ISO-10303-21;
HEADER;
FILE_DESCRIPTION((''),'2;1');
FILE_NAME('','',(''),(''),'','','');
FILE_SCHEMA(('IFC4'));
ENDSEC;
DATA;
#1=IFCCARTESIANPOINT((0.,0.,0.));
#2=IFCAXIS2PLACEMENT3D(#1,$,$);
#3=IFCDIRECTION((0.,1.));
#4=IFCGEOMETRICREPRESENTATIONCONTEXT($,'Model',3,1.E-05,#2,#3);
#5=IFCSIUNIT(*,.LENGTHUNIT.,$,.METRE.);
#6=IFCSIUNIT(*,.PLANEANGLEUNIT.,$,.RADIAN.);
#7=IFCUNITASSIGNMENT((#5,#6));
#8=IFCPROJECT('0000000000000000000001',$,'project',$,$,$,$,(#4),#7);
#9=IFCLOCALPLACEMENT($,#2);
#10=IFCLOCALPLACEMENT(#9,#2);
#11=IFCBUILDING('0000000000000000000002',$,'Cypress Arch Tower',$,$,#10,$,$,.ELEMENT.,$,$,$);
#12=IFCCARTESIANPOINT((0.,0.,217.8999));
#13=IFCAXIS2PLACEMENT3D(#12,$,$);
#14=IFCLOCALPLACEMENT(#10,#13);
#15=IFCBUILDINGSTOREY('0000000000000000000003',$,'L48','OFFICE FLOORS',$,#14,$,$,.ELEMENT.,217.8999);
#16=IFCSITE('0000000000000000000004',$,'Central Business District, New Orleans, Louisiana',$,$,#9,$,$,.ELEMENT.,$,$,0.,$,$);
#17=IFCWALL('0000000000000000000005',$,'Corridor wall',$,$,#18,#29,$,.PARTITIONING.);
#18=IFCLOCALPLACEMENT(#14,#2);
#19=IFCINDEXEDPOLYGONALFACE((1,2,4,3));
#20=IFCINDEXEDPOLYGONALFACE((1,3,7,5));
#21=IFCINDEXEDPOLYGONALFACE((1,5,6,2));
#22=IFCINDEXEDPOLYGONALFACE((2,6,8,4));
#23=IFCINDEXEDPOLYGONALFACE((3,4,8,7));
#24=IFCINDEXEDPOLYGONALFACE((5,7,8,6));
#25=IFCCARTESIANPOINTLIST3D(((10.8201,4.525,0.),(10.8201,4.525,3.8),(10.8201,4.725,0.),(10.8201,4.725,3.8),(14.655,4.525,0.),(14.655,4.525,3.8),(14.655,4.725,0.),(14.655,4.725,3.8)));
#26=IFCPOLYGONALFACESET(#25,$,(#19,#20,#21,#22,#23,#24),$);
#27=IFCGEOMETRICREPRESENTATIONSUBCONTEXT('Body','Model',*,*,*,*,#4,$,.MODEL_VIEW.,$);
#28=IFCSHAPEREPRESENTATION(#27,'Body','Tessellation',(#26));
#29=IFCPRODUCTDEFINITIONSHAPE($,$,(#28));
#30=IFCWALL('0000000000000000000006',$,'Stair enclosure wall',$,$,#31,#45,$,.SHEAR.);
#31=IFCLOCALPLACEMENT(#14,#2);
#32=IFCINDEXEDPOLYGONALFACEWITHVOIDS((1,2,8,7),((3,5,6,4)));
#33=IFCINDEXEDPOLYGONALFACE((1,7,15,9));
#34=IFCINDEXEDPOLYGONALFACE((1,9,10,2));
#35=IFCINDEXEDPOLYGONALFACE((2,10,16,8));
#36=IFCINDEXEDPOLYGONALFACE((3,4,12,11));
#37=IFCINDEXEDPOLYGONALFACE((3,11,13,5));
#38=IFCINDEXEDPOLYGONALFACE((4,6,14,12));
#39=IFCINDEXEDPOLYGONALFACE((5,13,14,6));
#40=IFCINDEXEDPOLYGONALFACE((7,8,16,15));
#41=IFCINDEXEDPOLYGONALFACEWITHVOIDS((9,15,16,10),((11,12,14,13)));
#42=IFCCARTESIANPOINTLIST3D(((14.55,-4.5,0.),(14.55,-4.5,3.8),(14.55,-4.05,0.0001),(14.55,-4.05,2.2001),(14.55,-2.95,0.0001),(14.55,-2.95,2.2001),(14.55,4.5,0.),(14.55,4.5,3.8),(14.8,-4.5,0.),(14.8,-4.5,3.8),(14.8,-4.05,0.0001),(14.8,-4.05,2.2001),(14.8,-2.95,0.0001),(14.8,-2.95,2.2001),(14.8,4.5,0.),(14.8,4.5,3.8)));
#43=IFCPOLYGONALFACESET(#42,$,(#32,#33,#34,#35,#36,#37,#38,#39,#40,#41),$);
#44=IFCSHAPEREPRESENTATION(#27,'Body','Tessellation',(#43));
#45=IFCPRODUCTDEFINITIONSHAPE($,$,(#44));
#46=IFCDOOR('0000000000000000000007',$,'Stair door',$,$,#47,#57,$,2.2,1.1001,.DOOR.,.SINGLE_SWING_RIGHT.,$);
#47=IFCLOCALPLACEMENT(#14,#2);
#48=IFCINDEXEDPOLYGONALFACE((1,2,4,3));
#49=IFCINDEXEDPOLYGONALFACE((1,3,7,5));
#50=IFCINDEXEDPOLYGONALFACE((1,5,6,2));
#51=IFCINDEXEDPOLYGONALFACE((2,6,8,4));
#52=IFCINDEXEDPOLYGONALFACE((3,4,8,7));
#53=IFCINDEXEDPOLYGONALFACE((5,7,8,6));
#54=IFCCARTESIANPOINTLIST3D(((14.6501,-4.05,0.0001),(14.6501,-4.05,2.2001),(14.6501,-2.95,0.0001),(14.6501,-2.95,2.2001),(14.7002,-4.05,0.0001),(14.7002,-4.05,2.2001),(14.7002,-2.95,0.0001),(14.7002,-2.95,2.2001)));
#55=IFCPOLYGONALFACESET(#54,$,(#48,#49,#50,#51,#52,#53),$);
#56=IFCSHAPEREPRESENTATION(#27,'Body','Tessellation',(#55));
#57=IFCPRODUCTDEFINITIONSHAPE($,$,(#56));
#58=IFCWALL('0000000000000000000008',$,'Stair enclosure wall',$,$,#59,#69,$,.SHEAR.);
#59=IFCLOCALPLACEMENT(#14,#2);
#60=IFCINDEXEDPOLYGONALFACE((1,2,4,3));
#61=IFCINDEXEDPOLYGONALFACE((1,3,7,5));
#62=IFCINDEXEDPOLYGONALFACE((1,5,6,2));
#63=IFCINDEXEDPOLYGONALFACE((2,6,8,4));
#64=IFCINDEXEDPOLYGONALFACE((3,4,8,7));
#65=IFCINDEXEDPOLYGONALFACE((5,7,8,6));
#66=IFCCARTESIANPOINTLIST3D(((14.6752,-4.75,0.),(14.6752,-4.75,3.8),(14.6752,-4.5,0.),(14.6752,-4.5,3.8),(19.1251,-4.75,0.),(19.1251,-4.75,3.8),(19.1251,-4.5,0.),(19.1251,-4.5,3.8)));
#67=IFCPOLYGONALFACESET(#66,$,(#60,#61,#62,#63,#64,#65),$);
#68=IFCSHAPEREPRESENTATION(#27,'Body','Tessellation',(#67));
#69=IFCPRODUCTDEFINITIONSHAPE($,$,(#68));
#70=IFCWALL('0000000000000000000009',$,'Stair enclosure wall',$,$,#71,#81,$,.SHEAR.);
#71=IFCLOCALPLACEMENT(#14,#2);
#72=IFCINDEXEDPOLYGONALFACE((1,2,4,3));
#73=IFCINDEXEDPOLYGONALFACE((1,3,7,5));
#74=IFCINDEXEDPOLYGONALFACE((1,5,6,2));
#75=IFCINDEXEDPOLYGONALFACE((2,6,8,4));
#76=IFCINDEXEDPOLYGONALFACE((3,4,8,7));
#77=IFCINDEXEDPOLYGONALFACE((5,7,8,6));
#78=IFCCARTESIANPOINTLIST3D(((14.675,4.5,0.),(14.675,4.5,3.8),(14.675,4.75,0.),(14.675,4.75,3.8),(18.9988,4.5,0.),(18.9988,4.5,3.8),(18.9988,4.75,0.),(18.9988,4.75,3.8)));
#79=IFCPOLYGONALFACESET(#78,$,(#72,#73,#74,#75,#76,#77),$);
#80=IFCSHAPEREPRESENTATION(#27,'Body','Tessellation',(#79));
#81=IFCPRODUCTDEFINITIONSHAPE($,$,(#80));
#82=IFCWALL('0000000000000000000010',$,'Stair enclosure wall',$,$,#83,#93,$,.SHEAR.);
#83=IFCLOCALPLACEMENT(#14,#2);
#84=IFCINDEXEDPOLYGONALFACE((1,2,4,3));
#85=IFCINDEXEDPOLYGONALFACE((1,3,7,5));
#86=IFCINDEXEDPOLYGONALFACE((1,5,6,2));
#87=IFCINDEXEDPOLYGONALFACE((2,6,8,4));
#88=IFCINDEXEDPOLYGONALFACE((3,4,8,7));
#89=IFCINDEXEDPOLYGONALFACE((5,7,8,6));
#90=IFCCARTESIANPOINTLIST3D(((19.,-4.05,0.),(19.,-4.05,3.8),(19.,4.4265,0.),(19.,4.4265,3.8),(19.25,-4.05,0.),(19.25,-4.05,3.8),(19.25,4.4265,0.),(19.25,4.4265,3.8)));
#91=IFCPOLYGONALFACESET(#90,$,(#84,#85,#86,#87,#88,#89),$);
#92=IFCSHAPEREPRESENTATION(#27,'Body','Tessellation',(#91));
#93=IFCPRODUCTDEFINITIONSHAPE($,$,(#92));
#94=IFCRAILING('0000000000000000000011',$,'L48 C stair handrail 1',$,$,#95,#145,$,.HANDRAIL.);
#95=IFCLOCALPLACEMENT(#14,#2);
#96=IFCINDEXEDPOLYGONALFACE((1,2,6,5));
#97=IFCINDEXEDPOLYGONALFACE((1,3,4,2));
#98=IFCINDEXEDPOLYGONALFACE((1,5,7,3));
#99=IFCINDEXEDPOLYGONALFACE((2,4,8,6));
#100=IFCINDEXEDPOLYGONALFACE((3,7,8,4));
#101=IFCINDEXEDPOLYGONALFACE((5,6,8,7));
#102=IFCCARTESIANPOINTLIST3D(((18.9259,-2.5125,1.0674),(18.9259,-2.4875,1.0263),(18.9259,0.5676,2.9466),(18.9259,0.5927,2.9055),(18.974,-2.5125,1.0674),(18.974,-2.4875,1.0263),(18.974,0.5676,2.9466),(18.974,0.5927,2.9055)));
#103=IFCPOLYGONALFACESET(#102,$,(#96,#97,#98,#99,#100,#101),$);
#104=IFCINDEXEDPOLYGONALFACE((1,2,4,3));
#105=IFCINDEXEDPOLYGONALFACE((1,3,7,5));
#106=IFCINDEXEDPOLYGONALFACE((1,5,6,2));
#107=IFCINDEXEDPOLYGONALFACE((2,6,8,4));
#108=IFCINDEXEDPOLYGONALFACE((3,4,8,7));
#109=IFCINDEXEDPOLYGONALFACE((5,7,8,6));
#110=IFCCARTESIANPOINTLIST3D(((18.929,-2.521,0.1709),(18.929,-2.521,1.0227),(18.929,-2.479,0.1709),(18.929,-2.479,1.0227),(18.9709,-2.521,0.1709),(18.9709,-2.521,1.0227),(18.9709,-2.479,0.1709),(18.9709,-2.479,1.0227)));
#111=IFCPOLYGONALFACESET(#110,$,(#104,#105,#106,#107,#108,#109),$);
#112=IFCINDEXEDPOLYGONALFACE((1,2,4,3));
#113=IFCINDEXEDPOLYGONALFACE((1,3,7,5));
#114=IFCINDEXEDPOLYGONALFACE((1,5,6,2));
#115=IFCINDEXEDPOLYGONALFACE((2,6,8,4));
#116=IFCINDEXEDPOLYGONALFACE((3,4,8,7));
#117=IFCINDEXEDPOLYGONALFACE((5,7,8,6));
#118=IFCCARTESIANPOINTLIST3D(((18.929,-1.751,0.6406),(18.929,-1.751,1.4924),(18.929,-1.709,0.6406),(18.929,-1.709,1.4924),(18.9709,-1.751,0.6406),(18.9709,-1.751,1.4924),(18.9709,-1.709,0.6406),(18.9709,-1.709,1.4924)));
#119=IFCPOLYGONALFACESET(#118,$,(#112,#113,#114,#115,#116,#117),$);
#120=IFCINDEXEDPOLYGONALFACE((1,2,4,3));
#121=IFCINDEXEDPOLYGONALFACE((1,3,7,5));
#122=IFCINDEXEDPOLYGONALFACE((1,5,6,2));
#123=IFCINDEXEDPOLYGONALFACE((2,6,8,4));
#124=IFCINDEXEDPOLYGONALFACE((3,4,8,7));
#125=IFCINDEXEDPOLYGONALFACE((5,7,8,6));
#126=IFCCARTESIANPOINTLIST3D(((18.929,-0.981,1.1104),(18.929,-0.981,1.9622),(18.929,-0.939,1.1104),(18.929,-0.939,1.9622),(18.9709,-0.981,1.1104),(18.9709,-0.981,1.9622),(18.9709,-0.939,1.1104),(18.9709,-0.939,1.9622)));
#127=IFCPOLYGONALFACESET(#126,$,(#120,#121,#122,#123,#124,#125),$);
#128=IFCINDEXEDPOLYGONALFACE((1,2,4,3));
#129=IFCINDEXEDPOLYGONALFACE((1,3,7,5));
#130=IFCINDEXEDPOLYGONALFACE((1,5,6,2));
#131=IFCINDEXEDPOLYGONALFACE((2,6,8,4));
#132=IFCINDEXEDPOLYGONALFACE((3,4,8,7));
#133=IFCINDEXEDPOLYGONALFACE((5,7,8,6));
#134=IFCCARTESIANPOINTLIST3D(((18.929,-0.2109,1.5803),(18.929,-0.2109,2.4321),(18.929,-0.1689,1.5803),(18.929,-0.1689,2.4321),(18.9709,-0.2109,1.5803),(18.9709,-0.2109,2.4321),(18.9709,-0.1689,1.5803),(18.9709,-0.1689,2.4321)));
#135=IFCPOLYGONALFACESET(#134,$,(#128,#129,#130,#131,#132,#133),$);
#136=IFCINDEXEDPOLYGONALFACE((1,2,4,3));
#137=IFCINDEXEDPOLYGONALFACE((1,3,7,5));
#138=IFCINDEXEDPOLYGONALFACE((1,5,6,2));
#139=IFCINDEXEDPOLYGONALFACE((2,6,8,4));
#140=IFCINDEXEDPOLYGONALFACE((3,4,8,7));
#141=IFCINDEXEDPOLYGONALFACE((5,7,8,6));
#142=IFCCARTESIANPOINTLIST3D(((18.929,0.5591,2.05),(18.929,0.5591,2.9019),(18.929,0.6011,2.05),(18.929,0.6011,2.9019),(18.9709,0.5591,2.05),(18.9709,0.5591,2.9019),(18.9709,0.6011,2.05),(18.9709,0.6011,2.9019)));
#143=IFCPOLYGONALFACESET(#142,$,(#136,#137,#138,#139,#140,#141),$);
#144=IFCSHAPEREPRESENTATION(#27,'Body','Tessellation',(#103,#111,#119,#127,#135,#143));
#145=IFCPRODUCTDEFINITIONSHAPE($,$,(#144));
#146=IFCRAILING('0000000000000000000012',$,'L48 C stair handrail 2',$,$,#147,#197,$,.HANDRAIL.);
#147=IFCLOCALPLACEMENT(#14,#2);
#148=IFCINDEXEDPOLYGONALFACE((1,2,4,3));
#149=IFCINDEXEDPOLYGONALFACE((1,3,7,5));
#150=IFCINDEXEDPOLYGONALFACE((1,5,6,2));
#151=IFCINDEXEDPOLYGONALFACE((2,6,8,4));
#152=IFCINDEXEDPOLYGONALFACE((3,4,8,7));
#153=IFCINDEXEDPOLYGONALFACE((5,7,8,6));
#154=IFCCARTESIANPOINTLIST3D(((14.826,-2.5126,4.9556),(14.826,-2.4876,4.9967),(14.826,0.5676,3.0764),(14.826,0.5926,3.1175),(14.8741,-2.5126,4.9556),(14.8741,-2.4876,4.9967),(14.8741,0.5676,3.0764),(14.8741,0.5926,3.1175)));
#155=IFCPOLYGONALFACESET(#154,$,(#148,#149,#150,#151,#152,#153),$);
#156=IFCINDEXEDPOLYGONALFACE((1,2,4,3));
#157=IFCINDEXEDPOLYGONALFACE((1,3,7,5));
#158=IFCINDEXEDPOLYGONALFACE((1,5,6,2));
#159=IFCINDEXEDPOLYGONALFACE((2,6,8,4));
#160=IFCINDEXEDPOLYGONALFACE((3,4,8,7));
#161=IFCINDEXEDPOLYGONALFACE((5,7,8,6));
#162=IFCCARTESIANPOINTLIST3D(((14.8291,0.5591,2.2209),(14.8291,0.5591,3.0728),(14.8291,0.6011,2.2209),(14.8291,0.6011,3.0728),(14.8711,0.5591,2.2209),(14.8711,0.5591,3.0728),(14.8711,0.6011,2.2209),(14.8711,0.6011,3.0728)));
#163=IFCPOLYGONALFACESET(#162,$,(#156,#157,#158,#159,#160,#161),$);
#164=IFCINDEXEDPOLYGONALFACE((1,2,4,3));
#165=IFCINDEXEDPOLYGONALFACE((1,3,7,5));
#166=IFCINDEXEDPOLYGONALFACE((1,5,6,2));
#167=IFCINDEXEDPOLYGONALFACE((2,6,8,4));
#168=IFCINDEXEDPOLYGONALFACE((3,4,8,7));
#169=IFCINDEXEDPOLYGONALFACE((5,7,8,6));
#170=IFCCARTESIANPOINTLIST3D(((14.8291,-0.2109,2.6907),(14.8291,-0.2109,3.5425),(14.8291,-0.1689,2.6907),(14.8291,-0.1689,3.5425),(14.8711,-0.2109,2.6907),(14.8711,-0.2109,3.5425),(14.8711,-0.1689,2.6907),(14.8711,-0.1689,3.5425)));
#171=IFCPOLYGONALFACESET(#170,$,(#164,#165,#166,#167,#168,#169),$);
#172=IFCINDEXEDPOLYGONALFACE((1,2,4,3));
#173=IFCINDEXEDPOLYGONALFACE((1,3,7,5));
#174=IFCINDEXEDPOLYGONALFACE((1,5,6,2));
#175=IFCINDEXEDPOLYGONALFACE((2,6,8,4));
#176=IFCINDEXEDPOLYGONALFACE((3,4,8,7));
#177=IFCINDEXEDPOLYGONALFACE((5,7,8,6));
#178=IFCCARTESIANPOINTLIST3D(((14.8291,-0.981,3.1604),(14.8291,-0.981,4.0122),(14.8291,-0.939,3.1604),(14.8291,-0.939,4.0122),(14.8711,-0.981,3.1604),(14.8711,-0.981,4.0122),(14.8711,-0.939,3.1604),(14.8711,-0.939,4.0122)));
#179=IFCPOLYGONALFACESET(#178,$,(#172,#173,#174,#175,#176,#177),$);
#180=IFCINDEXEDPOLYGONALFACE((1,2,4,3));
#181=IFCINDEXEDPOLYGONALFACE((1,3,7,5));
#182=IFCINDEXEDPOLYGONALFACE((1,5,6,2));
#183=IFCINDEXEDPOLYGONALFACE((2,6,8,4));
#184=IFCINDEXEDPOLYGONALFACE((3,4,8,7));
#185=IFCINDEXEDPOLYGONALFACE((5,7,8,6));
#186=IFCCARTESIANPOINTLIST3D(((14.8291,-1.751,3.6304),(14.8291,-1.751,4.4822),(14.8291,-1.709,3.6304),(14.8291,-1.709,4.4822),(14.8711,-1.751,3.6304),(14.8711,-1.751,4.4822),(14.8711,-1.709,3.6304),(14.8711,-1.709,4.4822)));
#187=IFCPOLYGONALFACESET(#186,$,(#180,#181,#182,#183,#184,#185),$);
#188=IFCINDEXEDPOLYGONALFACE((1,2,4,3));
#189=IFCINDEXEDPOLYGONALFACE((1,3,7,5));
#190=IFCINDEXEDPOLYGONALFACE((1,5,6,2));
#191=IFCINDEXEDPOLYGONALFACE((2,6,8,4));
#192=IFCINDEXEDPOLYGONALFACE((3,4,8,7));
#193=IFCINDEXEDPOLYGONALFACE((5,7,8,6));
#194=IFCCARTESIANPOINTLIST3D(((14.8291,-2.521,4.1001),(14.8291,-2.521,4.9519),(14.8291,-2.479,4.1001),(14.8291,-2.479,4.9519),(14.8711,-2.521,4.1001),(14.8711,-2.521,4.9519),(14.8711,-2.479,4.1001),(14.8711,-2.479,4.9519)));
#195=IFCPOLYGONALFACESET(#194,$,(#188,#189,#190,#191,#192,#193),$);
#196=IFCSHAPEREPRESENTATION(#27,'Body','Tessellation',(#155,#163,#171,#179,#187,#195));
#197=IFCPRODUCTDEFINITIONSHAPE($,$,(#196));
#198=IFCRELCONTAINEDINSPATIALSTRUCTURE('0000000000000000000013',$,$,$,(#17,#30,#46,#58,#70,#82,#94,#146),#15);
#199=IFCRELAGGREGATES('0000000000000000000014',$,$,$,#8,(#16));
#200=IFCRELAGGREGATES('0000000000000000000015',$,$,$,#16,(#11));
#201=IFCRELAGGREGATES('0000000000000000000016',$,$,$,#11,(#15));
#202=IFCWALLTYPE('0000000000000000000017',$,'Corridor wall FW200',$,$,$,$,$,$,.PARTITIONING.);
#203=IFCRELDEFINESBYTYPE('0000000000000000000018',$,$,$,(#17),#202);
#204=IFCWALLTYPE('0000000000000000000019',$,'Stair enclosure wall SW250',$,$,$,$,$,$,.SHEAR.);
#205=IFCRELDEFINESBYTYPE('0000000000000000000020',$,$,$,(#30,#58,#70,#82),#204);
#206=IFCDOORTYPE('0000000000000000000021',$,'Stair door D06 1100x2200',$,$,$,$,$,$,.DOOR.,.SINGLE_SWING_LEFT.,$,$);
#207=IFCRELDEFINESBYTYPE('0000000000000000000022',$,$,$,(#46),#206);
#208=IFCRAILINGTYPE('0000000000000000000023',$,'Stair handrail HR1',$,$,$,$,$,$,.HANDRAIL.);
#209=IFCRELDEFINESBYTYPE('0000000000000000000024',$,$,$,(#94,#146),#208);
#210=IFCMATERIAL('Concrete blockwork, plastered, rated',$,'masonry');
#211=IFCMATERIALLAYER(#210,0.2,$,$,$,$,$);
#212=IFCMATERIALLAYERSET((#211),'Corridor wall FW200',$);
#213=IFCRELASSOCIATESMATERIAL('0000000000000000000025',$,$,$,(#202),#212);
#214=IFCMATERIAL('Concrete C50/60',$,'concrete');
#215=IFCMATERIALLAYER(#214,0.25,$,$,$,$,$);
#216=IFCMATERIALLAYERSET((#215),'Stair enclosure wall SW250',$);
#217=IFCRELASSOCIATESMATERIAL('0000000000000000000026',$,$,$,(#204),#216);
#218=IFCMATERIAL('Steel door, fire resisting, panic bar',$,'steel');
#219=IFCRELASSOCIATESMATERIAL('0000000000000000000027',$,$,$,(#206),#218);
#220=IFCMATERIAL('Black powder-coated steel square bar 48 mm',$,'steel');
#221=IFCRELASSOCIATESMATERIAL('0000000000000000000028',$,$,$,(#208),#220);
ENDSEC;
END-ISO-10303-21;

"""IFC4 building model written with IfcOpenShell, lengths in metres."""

from ifc_helpers import new_model, si_unit, direction, frame, frame_2d, origin, origin_2d, place, context, subcontext, project, spatial, rectangle, extrude, material, layer, layer_set, type_object, element, fill, save


model = new_model("IFC4")

# Units and contexts
model_context = context("Model", 3, precision=1e-05, world=origin(), true_north=direction((0.0, 1.0)))
body_context = subcontext(model_context, "Body", "Model", "MODEL_VIEW")
ifc_project = project(units=[si_unit("LENGTHUNIT", "METRE"), si_unit("PLANEANGLEUNIT", "RADIAN")], contexts=[model_context])

# Site, building, storey
site_placement = place(None, origin())
site = spatial("IfcSite", under=ifc_project, at=site_placement, Name="Central Business District, New Orleans, Louisiana", CompositionType="ELEMENT", RefElevation=0.0)
building_placement = place(site_placement, origin())
building = spatial("IfcBuilding", under=site, at=building_placement, Name="Cypress Arch Tower", CompositionType="ELEMENT")
storey_placement = place(building_placement, frame((0.0, 0.0, 217.8999)))
storey = spatial("IfcBuildingStorey", under=building, at=storey_placement, Name="L48", Description="OFFICE FLOORS", CompositionType="ELEMENT", Elevation=217.8999)

# Wall
ifc_material_1 = material(Name="Concrete blockwork, plastered, rated", Category="masonry")
ifc_layer_1 = layer(ifc_material_1, 0.2)
ifc_layer_set_1 = layer_set([ifc_layer_1], Name="Corridor wall FW200")
wall_type_1 = type_object("IfcWallType", Name="Corridor wall FW200", PredefinedType="PARTITIONING", material=ifc_layer_set_1)
wall_1_placement = place(storey_placement, frame((10.8201, 4.625, 0.0), z_axis=(0.0, 0.0, 1.0), x_axis=(1.0, 0.0, 0.0)))
element("IfcWall", 1, at=wall_1_placement, inside=storey, type_object=wall_type_1, Name="Corridor wall", PredefinedType="PARTITIONING", context=body_context, shape_type="SweptSolid", body=[
    extrude(rectangle(XDim=3.835, YDim=0.2, at=frame_2d((1.9175, 0.0))), origin(), (0.0, 0.0, 1.0), 3.8),
])

# Wall, opening, door
ifc_material_2 = material(Name="Concrete C50/60", Category="concrete")
ifc_layer_2 = layer(ifc_material_2, 0.25)
ifc_layer_set_2 = layer_set([ifc_layer_2], Name="Stair enclosure wall SW250")
wall_type_2 = type_object("IfcWallType", Name="Stair enclosure wall SW250", PredefinedType="SHEAR", material=ifc_layer_set_2)
wall_2_placement = place(storey_placement, frame((14.675, -4.5, 0.0), z_axis=(0.0, 0.0, 1.0), x_axis=(0.0, 1.0, 0.0)))
wall_2 = element("IfcWall", 2, at=wall_2_placement, inside=storey, type_object=wall_type_2, Name="Stair enclosure wall", PredefinedType="SHEAR", context=body_context, shape_type="SweptSolid", body=[
    extrude(rectangle(XDim=9.0, YDim=0.25, at=frame_2d((4.5, 0.0))), origin(), (0.0, 0.0, 1.0), 3.8),
])
opening_1_placement = place(wall_2_placement, frame((0.45, 0.0, 0.0)))
opening_1 = element("IfcOpeningElement", 3, at=opening_1_placement, cuts=wall_2, PredefinedType="OPENING", context=body_context, shape_type="SweptSolid", body=[
    extrude(rectangle(XDim=1.1001, YDim=2.2, at=frame_2d((0.55, 1.1001))), frame((0.0, 0.135, 0.0), z_axis=(0.0, -1.0, 0.0), x_axis=(1.0, 0.0, 0.0)), (0.0, 0.0, 1.0), 0.27),
])
ifc_material_3 = material(Name="Steel door, fire resisting, panic bar", Category="steel")
door_type = type_object("IfcDoorType", Name="Stair door D06 1100x2200", OperationType="SINGLE_SWING_LEFT", PredefinedType="DOOR", material=ifc_material_3)
door_placement = place(opening_1_placement, origin())
door = element("IfcDoor", 4, at=door_placement, inside=storey, type_object=door_type, Name="Stair door", OperationType="SINGLE_SWING_RIGHT", OverallHeight=2.2, OverallWidth=1.1001, PredefinedType="DOOR", context=body_context, shape_type="SweptSolid", body=[
    extrude(rectangle(XDim=1.1001, YDim=2.2, at=frame_2d((0.55, 1.1001))), frame((0.0, 0.0249, 0.0), z_axis=(0.0, -1.0, 0.0), x_axis=(1.0, 0.0, 0.0)), (0.0, 0.0, 1.0), 0.05),
])
fill(opening_1, door)

# Walls
wall_3_placement = place(storey_placement, frame((14.675, -4.625, 0.0), z_axis=(0.0, 0.0, 1.0), x_axis=(1.0, 0.0, 0.0)))
element("IfcWall", 5, at=wall_3_placement, inside=storey, type_object=wall_type_2, Name="Stair enclosure wall", PredefinedType="SHEAR", context=body_context, shape_type="SweptSolid", body=[
    extrude(rectangle(XDim=4.45, YDim=0.25, at=frame_2d((2.2251, 0.0))), origin(), (0.0, 0.0, 1.0), 3.8),
])
wall_4_placement = place(storey_placement, frame((14.675, 4.625, 0.0), z_axis=(0.0, 0.0, 1.0), x_axis=(1.0, 0.0, 0.0)))
element("IfcWall", 6, at=wall_4_placement, inside=storey, type_object=wall_type_2, Name="Stair enclosure wall", PredefinedType="SHEAR", context=body_context, shape_type="SweptSolid", body=[
    extrude(rectangle(XDim=4.3237, YDim=0.25, at=frame_2d((2.1619, 0.0))), origin(), (0.0, 0.0, 1.0), 3.8),
])
wall_5_placement = place(storey_placement, frame((19.125, -4.05, 0.0), z_axis=(0.0, 0.0, 1.0), x_axis=(0.0, 1.0, 0.0)))
element("IfcWall", 7, at=wall_5_placement, inside=storey, type_object=wall_type_2, Name="Stair enclosure wall", PredefinedType="SHEAR", context=body_context, shape_type="SweptSolid", body=[
    extrude(rectangle(XDim=8.4766, YDim=0.25, at=frame_2d((4.2383, 0.0))), origin(), (0.0, 0.0, 1.0), 3.8),
])

# Railings
ifc_material_4 = material(Name="Black powder-coated steel square bar 48 mm", Category="steel")
railing_type_1 = type_object("IfcRailingType", Name="Stair handrail HR1", PredefinedType="HANDRAIL", material=ifc_material_4)
railing_1_placement = place(storey_placement, frame((18.95, -2.5, 0.1709)))
element("IfcRailing", 8, at=railing_1_placement, inside=storey, type_object=railing_type_1, Name="L48 C stair handrail 1", PredefinedType="HANDRAIL", context=body_context, shape_type="SweptSolid", body=[
    extrude(rectangle(XDim=0.0481, YDim=0.0481, at=origin_2d()), frame((0.0, 0.0, 0.876), z_axis=(0.0, 0.853666, 0.52082), x_axis=(-1.0, 0.0, 0.0)), (0.0, 0.0, 1.0), 3.6082),
    extrude(rectangle(XDim=0.042, YDim=0.042, at=origin_2d()), origin(), (0.0, 0.0, 1.0), 0.8518),
    extrude(rectangle(XDim=0.042, YDim=0.042, at=origin_2d()), frame((0.0, 0.77, 0.4697)), (0.0, 0.0, 1.0), 0.8518),
    extrude(rectangle(XDim=0.042, YDim=0.042, at=origin_2d()), frame((0.0, 1.54, 0.9395)), (0.0, 0.0, 1.0), 0.8518),
    extrude(rectangle(XDim=0.042, YDim=0.042, at=origin_2d()), frame((0.0, 2.3101, 1.4094)), (0.0, 0.0, 1.0), 0.8518),
    extrude(rectangle(XDim=0.042, YDim=0.042, at=origin_2d()), frame((0.0, 3.0801, 1.8792)), (0.0, 0.0, 1.0), 0.8518),
])
railing_2_placement = place(storey_placement, frame((14.8501, 0.5801, 2.2209)))
element("IfcRailing", 9, at=railing_2_placement, inside=storey, type_object=railing_type_1, Name="L48 C stair handrail 2", PredefinedType="HANDRAIL", context=body_context, shape_type="SweptSolid", body=[
    extrude(rectangle(XDim=0.0481, YDim=0.0481, at=origin_2d()), frame((0.0, 0.0, 0.876), z_axis=(0.0, -0.853666, 0.52082), x_axis=(1.0, 0.0, 0.0)), (0.0, 0.0, 1.0), 3.6082),
    extrude(rectangle(XDim=0.042, YDim=0.042, at=origin_2d()), origin(), (0.0, 0.0, 1.0), 0.8518),
    extrude(rectangle(XDim=0.042, YDim=0.042, at=origin_2d()), frame((0.0, -0.77, 0.4697)), (0.0, 0.0, 1.0), 0.8518),
    extrude(rectangle(XDim=0.042, YDim=0.042, at=origin_2d()), frame((0.0, -1.54, 0.9395)), (0.0, 0.0, 1.0), 0.8518),
    extrude(rectangle(XDim=0.042, YDim=0.042, at=origin_2d()), frame((0.0, -2.3101, 1.4094)), (0.0, 0.0, 1.0), 0.8518),
    extrude(rectangle(XDim=0.042, YDim=0.042, at=origin_2d()), frame((0.0, -3.0801, 1.8792)), (0.0, 0.0, 1.0), 0.8518),
])

save(model, "model.ifc")
